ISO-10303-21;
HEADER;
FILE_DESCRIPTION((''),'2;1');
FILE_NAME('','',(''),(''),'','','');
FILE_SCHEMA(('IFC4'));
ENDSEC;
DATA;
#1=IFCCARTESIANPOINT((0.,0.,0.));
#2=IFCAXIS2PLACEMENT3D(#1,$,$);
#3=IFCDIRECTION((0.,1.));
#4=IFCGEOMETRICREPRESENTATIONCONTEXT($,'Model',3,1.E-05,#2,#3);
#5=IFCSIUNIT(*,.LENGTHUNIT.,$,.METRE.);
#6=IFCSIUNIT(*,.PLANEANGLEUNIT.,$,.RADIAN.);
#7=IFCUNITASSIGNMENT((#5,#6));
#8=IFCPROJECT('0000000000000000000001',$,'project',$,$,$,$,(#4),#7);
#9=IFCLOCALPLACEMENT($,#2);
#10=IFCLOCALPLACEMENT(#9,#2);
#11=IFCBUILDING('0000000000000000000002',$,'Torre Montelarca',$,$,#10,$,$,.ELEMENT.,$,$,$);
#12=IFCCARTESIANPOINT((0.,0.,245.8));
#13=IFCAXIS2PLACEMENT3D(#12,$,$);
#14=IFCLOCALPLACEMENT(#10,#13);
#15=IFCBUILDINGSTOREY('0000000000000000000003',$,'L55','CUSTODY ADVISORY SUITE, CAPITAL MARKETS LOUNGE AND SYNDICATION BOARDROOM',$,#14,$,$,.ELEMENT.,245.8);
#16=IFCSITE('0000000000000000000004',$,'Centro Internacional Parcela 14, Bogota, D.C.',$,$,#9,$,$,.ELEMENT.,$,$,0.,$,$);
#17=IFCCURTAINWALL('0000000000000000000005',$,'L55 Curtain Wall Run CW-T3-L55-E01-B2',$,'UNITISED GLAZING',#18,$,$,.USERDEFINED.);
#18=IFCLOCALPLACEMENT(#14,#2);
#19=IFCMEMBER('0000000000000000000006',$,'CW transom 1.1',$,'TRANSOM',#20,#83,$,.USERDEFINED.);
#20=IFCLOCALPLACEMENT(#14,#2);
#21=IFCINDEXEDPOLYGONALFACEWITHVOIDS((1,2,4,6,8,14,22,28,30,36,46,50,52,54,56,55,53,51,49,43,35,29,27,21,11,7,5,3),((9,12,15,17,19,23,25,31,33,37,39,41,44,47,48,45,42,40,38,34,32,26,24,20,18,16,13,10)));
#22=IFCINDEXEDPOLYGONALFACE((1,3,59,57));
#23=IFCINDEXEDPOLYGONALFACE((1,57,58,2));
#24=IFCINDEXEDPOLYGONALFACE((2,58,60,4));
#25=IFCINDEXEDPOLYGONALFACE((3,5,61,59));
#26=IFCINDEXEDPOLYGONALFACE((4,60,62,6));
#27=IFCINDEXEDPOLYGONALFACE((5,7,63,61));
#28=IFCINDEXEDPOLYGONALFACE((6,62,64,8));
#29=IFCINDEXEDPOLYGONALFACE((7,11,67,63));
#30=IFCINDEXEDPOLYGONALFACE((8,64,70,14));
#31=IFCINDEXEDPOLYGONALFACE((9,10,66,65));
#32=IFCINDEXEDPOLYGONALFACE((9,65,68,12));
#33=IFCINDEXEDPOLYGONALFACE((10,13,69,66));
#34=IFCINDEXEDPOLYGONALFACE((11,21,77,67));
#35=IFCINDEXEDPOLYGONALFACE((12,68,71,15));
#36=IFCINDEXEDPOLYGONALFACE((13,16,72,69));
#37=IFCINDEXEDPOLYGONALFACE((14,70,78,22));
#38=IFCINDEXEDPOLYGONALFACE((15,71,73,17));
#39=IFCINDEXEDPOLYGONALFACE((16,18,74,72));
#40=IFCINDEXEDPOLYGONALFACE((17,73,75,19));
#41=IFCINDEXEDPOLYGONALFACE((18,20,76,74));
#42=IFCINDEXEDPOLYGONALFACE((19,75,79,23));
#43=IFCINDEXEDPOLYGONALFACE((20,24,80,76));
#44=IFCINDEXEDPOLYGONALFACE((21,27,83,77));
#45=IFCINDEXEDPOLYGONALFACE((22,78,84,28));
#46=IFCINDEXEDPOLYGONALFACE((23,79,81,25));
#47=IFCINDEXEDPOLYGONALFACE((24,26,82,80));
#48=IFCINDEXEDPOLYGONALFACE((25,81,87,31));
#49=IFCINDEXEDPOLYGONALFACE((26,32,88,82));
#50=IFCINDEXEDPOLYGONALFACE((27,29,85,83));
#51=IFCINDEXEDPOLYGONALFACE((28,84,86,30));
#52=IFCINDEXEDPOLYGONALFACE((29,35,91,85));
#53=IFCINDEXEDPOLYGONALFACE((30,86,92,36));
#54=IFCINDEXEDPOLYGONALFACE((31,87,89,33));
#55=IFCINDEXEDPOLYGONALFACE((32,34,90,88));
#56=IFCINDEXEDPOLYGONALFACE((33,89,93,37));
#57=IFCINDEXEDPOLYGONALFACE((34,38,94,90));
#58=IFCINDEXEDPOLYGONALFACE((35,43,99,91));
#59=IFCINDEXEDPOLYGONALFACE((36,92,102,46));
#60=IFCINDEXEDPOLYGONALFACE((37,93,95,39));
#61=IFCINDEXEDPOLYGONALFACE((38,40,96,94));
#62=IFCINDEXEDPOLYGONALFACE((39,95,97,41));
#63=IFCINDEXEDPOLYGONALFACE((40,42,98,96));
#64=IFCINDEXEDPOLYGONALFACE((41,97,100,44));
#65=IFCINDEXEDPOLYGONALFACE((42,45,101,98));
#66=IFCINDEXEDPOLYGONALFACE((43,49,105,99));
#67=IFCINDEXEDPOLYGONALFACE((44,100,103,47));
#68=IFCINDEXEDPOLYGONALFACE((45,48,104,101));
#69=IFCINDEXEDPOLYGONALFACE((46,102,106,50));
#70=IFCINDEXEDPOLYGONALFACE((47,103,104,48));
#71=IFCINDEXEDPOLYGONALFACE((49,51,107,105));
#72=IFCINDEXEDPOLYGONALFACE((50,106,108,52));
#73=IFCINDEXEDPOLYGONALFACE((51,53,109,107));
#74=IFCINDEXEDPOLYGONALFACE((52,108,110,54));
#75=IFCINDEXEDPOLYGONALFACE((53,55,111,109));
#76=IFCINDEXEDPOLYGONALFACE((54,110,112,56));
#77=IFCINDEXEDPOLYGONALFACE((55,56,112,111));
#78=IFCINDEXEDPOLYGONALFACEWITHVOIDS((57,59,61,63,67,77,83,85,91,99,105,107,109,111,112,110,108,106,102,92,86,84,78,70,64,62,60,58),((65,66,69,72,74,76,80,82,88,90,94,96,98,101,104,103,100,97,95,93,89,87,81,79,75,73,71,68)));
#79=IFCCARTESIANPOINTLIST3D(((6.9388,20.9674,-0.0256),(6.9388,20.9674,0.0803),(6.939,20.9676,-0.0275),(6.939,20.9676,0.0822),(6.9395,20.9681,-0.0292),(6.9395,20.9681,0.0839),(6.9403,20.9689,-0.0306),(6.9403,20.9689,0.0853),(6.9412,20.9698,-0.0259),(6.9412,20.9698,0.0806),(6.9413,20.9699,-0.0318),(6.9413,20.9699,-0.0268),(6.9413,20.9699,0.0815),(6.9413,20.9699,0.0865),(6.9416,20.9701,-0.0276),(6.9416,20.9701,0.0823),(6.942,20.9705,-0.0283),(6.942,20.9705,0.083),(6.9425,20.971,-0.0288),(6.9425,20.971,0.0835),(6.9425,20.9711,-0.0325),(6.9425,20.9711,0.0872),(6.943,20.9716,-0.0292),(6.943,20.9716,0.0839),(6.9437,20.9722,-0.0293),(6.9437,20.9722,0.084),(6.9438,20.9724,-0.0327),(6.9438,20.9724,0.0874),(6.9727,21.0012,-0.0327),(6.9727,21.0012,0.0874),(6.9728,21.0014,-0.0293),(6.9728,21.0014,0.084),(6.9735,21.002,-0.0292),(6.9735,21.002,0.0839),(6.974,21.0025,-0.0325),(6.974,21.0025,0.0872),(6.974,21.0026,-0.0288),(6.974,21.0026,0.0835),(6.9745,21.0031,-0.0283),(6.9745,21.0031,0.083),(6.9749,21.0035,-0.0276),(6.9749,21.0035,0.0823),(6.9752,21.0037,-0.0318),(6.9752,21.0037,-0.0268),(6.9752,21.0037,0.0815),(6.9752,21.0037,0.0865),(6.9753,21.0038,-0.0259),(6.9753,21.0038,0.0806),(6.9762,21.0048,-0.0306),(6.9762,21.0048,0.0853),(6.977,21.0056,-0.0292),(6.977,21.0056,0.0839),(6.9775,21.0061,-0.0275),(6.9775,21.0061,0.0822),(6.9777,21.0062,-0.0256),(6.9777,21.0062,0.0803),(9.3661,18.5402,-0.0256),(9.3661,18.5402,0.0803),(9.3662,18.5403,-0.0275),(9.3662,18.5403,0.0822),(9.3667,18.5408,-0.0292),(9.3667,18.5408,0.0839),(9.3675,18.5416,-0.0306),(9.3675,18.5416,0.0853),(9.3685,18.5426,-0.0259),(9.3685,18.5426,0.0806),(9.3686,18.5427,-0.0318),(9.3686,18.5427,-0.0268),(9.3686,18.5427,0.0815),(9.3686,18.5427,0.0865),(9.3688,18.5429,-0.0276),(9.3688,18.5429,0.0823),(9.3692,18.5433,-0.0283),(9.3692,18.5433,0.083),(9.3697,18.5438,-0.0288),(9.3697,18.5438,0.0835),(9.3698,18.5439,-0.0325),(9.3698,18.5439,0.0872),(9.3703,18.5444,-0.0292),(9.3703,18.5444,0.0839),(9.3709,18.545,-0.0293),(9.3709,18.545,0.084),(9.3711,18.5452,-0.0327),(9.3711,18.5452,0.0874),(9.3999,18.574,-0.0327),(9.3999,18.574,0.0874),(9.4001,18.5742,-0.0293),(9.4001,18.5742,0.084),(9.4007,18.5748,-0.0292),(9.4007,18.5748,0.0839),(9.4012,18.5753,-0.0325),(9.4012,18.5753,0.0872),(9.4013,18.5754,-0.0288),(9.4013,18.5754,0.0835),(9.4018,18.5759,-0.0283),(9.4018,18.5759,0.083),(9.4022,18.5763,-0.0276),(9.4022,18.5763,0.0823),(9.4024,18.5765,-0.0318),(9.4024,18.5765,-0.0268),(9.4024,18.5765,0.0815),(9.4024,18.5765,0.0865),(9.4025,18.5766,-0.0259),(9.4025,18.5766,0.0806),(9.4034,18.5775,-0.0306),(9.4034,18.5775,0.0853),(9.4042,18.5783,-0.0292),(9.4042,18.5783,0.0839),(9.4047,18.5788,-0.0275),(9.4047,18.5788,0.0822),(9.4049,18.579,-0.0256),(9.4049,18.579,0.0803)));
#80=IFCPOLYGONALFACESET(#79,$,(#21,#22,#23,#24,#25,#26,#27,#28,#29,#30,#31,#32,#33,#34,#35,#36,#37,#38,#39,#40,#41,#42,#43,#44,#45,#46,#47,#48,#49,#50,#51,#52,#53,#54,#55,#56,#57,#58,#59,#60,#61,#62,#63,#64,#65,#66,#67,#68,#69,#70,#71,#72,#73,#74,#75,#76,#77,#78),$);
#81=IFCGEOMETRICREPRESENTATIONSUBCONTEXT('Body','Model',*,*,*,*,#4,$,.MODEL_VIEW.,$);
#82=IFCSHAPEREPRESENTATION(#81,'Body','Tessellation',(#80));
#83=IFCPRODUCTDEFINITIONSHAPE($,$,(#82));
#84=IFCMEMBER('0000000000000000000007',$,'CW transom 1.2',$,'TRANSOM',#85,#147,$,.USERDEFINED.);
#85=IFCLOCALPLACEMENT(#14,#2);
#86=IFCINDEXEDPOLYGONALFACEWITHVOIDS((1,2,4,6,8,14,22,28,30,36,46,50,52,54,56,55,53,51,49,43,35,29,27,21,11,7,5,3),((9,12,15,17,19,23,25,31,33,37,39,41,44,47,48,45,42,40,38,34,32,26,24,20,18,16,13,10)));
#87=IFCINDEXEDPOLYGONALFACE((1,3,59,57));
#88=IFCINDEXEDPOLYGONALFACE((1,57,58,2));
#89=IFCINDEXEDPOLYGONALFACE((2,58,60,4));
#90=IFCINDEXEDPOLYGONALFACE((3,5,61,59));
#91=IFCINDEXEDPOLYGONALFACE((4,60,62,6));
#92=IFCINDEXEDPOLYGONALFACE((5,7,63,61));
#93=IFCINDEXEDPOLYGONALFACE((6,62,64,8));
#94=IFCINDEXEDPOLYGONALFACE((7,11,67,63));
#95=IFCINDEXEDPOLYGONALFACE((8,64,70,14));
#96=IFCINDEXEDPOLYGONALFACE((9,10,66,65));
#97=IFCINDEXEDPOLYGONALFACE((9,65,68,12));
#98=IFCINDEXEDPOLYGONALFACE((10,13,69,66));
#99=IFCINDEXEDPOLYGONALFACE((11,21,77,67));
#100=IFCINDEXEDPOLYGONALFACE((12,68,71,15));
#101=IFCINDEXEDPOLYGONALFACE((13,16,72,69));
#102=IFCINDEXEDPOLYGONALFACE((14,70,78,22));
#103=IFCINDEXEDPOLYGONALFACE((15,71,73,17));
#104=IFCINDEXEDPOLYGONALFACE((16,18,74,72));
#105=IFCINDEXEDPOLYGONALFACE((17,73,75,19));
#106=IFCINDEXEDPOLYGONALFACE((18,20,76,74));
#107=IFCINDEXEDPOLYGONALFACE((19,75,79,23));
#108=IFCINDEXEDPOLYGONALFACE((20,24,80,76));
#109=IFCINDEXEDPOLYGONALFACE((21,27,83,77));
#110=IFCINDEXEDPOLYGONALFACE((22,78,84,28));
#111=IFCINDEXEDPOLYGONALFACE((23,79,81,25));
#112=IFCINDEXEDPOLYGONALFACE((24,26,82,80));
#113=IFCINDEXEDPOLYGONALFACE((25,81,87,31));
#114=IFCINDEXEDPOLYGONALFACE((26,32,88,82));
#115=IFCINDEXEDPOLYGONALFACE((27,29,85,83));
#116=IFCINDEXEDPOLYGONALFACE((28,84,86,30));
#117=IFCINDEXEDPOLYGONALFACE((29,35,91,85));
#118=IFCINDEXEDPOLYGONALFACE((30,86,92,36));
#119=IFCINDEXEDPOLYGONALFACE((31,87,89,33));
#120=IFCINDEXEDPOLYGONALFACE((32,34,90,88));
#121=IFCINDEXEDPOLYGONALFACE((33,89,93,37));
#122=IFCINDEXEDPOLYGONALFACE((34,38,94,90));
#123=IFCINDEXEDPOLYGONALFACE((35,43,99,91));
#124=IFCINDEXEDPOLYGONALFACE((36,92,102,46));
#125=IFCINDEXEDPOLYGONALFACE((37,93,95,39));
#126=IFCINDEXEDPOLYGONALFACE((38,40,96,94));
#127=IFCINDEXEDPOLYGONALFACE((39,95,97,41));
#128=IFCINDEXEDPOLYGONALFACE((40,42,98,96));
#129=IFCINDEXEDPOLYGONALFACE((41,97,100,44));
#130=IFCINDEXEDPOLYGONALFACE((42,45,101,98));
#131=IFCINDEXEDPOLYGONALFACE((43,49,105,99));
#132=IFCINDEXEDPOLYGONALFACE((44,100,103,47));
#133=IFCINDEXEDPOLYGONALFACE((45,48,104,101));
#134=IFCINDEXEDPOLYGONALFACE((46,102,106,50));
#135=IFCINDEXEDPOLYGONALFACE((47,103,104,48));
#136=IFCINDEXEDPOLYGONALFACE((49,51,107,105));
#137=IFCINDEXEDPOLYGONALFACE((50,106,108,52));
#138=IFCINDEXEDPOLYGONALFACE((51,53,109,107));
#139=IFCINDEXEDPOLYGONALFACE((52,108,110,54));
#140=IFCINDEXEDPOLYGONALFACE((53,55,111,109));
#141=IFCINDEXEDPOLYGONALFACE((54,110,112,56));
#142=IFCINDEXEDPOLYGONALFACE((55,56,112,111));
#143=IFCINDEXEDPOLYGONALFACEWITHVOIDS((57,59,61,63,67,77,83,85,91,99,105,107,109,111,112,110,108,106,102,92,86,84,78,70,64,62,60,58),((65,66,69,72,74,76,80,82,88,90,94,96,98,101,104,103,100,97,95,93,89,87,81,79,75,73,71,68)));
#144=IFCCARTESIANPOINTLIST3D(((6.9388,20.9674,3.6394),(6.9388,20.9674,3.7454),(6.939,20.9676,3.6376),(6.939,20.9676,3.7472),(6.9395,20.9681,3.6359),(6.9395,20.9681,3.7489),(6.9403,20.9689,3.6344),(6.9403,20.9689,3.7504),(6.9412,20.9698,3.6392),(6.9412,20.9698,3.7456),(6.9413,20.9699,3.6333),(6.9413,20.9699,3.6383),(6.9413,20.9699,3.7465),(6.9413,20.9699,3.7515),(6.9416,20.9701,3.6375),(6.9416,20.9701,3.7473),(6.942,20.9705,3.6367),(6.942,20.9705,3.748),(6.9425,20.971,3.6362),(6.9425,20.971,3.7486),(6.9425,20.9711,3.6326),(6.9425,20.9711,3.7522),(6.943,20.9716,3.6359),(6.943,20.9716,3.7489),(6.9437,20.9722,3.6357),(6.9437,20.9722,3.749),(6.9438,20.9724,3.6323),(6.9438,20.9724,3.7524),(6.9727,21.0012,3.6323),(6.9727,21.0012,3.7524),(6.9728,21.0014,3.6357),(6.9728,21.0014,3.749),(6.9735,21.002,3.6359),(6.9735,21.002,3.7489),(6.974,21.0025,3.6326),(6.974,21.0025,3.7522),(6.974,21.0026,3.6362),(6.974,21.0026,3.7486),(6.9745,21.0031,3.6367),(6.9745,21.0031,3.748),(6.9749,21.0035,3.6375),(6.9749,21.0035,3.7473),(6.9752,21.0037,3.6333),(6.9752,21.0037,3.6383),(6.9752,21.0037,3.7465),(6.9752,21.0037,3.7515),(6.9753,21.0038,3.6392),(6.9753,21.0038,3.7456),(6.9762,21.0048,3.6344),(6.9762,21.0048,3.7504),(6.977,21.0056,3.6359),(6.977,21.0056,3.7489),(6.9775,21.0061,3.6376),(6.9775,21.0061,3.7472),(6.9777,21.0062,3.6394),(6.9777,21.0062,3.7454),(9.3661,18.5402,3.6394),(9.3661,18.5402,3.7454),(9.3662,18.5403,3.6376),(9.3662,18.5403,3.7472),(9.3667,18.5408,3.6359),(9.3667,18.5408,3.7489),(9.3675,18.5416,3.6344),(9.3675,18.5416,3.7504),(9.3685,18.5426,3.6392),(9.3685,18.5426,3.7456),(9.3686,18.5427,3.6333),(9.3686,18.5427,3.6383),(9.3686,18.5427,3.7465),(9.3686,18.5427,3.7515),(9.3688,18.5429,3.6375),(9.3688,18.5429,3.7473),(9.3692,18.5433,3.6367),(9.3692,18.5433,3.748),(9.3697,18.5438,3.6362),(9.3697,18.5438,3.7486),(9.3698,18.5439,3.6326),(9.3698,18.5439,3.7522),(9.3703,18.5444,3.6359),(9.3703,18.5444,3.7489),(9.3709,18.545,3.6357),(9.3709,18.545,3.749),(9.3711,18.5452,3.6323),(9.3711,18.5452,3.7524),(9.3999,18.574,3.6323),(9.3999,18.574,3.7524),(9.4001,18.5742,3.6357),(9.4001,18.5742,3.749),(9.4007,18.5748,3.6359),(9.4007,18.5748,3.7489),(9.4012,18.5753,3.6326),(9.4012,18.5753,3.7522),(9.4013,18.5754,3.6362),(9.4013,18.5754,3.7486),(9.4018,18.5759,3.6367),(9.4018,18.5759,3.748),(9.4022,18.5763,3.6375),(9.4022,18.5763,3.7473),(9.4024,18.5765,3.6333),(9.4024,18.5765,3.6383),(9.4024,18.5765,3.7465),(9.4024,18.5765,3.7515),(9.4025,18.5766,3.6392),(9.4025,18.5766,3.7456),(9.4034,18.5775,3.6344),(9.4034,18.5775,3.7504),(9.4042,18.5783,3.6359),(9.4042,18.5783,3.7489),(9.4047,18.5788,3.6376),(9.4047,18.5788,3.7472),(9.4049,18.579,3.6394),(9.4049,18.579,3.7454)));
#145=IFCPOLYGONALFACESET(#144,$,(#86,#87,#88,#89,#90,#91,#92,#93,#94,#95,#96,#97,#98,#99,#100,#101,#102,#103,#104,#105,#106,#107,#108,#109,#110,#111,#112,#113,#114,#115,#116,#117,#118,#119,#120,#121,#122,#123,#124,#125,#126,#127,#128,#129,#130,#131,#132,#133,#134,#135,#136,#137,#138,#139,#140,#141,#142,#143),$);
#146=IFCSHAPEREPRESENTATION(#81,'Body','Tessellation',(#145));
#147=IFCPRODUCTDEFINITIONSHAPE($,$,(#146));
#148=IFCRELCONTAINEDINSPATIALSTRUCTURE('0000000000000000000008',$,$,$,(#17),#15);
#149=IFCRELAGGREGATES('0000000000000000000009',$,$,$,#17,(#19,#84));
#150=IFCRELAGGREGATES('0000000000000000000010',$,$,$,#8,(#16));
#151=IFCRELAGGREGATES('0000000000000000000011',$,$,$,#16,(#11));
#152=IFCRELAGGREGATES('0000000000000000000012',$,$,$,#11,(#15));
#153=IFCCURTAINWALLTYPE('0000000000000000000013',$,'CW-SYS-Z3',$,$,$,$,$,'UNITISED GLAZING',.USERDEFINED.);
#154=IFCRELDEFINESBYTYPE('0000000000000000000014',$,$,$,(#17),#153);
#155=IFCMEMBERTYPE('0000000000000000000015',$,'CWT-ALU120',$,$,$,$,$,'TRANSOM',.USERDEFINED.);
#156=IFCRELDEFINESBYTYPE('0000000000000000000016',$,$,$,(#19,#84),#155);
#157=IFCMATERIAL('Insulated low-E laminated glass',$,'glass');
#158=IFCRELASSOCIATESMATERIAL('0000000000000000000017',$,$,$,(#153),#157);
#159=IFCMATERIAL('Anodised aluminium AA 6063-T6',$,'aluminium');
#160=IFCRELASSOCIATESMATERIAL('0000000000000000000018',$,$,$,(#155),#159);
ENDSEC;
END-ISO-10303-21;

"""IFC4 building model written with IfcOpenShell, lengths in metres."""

from ifc_helpers import new_model, si_unit, direction, frame, origin, origin_2d, place, context, subcontext, project, spatial, hollow_rectangle, extrude, source, transform, mapped, material, material_profile, profile_set, type_object, element, aggregate, save


model = new_model("IFC4")

# Units and contexts
model_context = context("Model", 3, precision=1e-05, world=origin(), true_north=direction((0.0, 1.0)))
body_context = subcontext(model_context, "Body", "Model", "MODEL_VIEW")
ifc_project = project(units=[si_unit("LENGTHUNIT", "METRE"), si_unit("PLANEANGLEUNIT", "RADIAN")], contexts=[model_context])

# Site, building, storey
site_placement = place(None, origin())
site = spatial("IfcSite", under=ifc_project, at=site_placement, Name="Centro Internacional Parcela 14, Bogota, D.C.", CompositionType="ELEMENT", RefElevation=0.0)
building_placement = place(site_placement, origin())
building = spatial("IfcBuilding", under=site, at=building_placement, Name="Torre Montelarca", CompositionType="ELEMENT")
storey_placement = place(building_placement, frame((0.0, 0.0, 245.8)))
storey = spatial("IfcBuildingStorey", under=building, at=storey_placement, Name="L55", Description="CUSTODY ADVISORY SUITE, CAPITAL MARKETS LOUNGE AND SYNDICATION BOARDROOM", CompositionType="ELEMENT", Elevation=245.8)

# Curtain wall
ifc_material_1 = material(Name="Insulated low-E laminated glass", Category="glass")
curtain_wall_type = type_object("IfcCurtainWallType", Name="CW-SYS-Z3", ElementType="UNITISED GLAZING", PredefinedType="USERDEFINED", material=ifc_material_1)
ifc_material_2 = material(Name="Anodised aluminium AA 6063-T6", Category="aluminium")
ifc_material_profile_1 = material_profile(ifc_material_2, hollow_rectangle(XDim=0.0549, YDim=0.1201, WallThickness=0.0034, InnerFilletRadius=0.0034, OuterFilletRadius=0.0071, at=origin_2d()), Name="ALU55X120X3.5", Category="aluminium")
ifc_profile_set_1 = profile_set([ifc_material_profile_1], Name="Anodised aluminium AA 6063-T6")
member_type_1 = type_object("IfcMemberType", Name="CWT-ALU120", ElementType="TRANSOM", PredefinedType="USERDEFINED", material=ifc_profile_set_1)
curtain_wall_1_placement = place(storey_placement, origin())
curtain_wall_1 = element("IfcCurtainWall", 1, at=curtain_wall_1_placement, inside=storey, type_object=curtain_wall_type, Name="L55 Curtain Wall Run CW-T3-L55-E01-B2", ObjectType="UNITISED GLAZING", PredefinedType="USERDEFINED")

# Members
shared_shape_1 = source(origin(), body_context, "Body", "SweptSolid", [
    extrude(hollow_rectangle(XDim=0.0549, YDim=0.1201, WallThickness=0.0034, InnerFilletRadius=0.0034, OuterFilletRadius=0.0071, at=origin_2d()), origin(), (0.0, 0.0, 1.0), 3.4326),
])
member_1_placement = place(storey_placement, frame((6.9583, 20.9868, 0.0273), z_axis=(0.707107, -0.707107, 0.0), x_axis=(0.707107, 0.707107, 0.0)))
member_1 = element("IfcMember", 2, at=member_1_placement, type_object=member_type_1, Name="CW transom 1.1", ObjectType="TRANSOM", PredefinedType="USERDEFINED", context=body_context, shape_type="MappedRepresentation", body=[
    mapped(shared_shape_1, transform((0.0, 0.0, 0.0), scale=1.0)),
])
member_2_placement = place(storey_placement, frame((6.9583, 20.9868, 3.6924), z_axis=(0.707107, -0.707107, 0.0), x_axis=(0.707107, 0.707107, 0.0)))
member_2 = element("IfcMember", 3, at=member_2_placement, type_object=member_type_1, Name="CW transom 1.2", ObjectType="TRANSOM", PredefinedType="USERDEFINED", context=body_context, shape_type="MappedRepresentation", body=[
    mapped(shared_shape_1, transform((0.0, 0.0, 0.0), scale=1.0)),
])

aggregate(curtain_wall_1, [member_1, member_2])

save(model, "model.ifc")
